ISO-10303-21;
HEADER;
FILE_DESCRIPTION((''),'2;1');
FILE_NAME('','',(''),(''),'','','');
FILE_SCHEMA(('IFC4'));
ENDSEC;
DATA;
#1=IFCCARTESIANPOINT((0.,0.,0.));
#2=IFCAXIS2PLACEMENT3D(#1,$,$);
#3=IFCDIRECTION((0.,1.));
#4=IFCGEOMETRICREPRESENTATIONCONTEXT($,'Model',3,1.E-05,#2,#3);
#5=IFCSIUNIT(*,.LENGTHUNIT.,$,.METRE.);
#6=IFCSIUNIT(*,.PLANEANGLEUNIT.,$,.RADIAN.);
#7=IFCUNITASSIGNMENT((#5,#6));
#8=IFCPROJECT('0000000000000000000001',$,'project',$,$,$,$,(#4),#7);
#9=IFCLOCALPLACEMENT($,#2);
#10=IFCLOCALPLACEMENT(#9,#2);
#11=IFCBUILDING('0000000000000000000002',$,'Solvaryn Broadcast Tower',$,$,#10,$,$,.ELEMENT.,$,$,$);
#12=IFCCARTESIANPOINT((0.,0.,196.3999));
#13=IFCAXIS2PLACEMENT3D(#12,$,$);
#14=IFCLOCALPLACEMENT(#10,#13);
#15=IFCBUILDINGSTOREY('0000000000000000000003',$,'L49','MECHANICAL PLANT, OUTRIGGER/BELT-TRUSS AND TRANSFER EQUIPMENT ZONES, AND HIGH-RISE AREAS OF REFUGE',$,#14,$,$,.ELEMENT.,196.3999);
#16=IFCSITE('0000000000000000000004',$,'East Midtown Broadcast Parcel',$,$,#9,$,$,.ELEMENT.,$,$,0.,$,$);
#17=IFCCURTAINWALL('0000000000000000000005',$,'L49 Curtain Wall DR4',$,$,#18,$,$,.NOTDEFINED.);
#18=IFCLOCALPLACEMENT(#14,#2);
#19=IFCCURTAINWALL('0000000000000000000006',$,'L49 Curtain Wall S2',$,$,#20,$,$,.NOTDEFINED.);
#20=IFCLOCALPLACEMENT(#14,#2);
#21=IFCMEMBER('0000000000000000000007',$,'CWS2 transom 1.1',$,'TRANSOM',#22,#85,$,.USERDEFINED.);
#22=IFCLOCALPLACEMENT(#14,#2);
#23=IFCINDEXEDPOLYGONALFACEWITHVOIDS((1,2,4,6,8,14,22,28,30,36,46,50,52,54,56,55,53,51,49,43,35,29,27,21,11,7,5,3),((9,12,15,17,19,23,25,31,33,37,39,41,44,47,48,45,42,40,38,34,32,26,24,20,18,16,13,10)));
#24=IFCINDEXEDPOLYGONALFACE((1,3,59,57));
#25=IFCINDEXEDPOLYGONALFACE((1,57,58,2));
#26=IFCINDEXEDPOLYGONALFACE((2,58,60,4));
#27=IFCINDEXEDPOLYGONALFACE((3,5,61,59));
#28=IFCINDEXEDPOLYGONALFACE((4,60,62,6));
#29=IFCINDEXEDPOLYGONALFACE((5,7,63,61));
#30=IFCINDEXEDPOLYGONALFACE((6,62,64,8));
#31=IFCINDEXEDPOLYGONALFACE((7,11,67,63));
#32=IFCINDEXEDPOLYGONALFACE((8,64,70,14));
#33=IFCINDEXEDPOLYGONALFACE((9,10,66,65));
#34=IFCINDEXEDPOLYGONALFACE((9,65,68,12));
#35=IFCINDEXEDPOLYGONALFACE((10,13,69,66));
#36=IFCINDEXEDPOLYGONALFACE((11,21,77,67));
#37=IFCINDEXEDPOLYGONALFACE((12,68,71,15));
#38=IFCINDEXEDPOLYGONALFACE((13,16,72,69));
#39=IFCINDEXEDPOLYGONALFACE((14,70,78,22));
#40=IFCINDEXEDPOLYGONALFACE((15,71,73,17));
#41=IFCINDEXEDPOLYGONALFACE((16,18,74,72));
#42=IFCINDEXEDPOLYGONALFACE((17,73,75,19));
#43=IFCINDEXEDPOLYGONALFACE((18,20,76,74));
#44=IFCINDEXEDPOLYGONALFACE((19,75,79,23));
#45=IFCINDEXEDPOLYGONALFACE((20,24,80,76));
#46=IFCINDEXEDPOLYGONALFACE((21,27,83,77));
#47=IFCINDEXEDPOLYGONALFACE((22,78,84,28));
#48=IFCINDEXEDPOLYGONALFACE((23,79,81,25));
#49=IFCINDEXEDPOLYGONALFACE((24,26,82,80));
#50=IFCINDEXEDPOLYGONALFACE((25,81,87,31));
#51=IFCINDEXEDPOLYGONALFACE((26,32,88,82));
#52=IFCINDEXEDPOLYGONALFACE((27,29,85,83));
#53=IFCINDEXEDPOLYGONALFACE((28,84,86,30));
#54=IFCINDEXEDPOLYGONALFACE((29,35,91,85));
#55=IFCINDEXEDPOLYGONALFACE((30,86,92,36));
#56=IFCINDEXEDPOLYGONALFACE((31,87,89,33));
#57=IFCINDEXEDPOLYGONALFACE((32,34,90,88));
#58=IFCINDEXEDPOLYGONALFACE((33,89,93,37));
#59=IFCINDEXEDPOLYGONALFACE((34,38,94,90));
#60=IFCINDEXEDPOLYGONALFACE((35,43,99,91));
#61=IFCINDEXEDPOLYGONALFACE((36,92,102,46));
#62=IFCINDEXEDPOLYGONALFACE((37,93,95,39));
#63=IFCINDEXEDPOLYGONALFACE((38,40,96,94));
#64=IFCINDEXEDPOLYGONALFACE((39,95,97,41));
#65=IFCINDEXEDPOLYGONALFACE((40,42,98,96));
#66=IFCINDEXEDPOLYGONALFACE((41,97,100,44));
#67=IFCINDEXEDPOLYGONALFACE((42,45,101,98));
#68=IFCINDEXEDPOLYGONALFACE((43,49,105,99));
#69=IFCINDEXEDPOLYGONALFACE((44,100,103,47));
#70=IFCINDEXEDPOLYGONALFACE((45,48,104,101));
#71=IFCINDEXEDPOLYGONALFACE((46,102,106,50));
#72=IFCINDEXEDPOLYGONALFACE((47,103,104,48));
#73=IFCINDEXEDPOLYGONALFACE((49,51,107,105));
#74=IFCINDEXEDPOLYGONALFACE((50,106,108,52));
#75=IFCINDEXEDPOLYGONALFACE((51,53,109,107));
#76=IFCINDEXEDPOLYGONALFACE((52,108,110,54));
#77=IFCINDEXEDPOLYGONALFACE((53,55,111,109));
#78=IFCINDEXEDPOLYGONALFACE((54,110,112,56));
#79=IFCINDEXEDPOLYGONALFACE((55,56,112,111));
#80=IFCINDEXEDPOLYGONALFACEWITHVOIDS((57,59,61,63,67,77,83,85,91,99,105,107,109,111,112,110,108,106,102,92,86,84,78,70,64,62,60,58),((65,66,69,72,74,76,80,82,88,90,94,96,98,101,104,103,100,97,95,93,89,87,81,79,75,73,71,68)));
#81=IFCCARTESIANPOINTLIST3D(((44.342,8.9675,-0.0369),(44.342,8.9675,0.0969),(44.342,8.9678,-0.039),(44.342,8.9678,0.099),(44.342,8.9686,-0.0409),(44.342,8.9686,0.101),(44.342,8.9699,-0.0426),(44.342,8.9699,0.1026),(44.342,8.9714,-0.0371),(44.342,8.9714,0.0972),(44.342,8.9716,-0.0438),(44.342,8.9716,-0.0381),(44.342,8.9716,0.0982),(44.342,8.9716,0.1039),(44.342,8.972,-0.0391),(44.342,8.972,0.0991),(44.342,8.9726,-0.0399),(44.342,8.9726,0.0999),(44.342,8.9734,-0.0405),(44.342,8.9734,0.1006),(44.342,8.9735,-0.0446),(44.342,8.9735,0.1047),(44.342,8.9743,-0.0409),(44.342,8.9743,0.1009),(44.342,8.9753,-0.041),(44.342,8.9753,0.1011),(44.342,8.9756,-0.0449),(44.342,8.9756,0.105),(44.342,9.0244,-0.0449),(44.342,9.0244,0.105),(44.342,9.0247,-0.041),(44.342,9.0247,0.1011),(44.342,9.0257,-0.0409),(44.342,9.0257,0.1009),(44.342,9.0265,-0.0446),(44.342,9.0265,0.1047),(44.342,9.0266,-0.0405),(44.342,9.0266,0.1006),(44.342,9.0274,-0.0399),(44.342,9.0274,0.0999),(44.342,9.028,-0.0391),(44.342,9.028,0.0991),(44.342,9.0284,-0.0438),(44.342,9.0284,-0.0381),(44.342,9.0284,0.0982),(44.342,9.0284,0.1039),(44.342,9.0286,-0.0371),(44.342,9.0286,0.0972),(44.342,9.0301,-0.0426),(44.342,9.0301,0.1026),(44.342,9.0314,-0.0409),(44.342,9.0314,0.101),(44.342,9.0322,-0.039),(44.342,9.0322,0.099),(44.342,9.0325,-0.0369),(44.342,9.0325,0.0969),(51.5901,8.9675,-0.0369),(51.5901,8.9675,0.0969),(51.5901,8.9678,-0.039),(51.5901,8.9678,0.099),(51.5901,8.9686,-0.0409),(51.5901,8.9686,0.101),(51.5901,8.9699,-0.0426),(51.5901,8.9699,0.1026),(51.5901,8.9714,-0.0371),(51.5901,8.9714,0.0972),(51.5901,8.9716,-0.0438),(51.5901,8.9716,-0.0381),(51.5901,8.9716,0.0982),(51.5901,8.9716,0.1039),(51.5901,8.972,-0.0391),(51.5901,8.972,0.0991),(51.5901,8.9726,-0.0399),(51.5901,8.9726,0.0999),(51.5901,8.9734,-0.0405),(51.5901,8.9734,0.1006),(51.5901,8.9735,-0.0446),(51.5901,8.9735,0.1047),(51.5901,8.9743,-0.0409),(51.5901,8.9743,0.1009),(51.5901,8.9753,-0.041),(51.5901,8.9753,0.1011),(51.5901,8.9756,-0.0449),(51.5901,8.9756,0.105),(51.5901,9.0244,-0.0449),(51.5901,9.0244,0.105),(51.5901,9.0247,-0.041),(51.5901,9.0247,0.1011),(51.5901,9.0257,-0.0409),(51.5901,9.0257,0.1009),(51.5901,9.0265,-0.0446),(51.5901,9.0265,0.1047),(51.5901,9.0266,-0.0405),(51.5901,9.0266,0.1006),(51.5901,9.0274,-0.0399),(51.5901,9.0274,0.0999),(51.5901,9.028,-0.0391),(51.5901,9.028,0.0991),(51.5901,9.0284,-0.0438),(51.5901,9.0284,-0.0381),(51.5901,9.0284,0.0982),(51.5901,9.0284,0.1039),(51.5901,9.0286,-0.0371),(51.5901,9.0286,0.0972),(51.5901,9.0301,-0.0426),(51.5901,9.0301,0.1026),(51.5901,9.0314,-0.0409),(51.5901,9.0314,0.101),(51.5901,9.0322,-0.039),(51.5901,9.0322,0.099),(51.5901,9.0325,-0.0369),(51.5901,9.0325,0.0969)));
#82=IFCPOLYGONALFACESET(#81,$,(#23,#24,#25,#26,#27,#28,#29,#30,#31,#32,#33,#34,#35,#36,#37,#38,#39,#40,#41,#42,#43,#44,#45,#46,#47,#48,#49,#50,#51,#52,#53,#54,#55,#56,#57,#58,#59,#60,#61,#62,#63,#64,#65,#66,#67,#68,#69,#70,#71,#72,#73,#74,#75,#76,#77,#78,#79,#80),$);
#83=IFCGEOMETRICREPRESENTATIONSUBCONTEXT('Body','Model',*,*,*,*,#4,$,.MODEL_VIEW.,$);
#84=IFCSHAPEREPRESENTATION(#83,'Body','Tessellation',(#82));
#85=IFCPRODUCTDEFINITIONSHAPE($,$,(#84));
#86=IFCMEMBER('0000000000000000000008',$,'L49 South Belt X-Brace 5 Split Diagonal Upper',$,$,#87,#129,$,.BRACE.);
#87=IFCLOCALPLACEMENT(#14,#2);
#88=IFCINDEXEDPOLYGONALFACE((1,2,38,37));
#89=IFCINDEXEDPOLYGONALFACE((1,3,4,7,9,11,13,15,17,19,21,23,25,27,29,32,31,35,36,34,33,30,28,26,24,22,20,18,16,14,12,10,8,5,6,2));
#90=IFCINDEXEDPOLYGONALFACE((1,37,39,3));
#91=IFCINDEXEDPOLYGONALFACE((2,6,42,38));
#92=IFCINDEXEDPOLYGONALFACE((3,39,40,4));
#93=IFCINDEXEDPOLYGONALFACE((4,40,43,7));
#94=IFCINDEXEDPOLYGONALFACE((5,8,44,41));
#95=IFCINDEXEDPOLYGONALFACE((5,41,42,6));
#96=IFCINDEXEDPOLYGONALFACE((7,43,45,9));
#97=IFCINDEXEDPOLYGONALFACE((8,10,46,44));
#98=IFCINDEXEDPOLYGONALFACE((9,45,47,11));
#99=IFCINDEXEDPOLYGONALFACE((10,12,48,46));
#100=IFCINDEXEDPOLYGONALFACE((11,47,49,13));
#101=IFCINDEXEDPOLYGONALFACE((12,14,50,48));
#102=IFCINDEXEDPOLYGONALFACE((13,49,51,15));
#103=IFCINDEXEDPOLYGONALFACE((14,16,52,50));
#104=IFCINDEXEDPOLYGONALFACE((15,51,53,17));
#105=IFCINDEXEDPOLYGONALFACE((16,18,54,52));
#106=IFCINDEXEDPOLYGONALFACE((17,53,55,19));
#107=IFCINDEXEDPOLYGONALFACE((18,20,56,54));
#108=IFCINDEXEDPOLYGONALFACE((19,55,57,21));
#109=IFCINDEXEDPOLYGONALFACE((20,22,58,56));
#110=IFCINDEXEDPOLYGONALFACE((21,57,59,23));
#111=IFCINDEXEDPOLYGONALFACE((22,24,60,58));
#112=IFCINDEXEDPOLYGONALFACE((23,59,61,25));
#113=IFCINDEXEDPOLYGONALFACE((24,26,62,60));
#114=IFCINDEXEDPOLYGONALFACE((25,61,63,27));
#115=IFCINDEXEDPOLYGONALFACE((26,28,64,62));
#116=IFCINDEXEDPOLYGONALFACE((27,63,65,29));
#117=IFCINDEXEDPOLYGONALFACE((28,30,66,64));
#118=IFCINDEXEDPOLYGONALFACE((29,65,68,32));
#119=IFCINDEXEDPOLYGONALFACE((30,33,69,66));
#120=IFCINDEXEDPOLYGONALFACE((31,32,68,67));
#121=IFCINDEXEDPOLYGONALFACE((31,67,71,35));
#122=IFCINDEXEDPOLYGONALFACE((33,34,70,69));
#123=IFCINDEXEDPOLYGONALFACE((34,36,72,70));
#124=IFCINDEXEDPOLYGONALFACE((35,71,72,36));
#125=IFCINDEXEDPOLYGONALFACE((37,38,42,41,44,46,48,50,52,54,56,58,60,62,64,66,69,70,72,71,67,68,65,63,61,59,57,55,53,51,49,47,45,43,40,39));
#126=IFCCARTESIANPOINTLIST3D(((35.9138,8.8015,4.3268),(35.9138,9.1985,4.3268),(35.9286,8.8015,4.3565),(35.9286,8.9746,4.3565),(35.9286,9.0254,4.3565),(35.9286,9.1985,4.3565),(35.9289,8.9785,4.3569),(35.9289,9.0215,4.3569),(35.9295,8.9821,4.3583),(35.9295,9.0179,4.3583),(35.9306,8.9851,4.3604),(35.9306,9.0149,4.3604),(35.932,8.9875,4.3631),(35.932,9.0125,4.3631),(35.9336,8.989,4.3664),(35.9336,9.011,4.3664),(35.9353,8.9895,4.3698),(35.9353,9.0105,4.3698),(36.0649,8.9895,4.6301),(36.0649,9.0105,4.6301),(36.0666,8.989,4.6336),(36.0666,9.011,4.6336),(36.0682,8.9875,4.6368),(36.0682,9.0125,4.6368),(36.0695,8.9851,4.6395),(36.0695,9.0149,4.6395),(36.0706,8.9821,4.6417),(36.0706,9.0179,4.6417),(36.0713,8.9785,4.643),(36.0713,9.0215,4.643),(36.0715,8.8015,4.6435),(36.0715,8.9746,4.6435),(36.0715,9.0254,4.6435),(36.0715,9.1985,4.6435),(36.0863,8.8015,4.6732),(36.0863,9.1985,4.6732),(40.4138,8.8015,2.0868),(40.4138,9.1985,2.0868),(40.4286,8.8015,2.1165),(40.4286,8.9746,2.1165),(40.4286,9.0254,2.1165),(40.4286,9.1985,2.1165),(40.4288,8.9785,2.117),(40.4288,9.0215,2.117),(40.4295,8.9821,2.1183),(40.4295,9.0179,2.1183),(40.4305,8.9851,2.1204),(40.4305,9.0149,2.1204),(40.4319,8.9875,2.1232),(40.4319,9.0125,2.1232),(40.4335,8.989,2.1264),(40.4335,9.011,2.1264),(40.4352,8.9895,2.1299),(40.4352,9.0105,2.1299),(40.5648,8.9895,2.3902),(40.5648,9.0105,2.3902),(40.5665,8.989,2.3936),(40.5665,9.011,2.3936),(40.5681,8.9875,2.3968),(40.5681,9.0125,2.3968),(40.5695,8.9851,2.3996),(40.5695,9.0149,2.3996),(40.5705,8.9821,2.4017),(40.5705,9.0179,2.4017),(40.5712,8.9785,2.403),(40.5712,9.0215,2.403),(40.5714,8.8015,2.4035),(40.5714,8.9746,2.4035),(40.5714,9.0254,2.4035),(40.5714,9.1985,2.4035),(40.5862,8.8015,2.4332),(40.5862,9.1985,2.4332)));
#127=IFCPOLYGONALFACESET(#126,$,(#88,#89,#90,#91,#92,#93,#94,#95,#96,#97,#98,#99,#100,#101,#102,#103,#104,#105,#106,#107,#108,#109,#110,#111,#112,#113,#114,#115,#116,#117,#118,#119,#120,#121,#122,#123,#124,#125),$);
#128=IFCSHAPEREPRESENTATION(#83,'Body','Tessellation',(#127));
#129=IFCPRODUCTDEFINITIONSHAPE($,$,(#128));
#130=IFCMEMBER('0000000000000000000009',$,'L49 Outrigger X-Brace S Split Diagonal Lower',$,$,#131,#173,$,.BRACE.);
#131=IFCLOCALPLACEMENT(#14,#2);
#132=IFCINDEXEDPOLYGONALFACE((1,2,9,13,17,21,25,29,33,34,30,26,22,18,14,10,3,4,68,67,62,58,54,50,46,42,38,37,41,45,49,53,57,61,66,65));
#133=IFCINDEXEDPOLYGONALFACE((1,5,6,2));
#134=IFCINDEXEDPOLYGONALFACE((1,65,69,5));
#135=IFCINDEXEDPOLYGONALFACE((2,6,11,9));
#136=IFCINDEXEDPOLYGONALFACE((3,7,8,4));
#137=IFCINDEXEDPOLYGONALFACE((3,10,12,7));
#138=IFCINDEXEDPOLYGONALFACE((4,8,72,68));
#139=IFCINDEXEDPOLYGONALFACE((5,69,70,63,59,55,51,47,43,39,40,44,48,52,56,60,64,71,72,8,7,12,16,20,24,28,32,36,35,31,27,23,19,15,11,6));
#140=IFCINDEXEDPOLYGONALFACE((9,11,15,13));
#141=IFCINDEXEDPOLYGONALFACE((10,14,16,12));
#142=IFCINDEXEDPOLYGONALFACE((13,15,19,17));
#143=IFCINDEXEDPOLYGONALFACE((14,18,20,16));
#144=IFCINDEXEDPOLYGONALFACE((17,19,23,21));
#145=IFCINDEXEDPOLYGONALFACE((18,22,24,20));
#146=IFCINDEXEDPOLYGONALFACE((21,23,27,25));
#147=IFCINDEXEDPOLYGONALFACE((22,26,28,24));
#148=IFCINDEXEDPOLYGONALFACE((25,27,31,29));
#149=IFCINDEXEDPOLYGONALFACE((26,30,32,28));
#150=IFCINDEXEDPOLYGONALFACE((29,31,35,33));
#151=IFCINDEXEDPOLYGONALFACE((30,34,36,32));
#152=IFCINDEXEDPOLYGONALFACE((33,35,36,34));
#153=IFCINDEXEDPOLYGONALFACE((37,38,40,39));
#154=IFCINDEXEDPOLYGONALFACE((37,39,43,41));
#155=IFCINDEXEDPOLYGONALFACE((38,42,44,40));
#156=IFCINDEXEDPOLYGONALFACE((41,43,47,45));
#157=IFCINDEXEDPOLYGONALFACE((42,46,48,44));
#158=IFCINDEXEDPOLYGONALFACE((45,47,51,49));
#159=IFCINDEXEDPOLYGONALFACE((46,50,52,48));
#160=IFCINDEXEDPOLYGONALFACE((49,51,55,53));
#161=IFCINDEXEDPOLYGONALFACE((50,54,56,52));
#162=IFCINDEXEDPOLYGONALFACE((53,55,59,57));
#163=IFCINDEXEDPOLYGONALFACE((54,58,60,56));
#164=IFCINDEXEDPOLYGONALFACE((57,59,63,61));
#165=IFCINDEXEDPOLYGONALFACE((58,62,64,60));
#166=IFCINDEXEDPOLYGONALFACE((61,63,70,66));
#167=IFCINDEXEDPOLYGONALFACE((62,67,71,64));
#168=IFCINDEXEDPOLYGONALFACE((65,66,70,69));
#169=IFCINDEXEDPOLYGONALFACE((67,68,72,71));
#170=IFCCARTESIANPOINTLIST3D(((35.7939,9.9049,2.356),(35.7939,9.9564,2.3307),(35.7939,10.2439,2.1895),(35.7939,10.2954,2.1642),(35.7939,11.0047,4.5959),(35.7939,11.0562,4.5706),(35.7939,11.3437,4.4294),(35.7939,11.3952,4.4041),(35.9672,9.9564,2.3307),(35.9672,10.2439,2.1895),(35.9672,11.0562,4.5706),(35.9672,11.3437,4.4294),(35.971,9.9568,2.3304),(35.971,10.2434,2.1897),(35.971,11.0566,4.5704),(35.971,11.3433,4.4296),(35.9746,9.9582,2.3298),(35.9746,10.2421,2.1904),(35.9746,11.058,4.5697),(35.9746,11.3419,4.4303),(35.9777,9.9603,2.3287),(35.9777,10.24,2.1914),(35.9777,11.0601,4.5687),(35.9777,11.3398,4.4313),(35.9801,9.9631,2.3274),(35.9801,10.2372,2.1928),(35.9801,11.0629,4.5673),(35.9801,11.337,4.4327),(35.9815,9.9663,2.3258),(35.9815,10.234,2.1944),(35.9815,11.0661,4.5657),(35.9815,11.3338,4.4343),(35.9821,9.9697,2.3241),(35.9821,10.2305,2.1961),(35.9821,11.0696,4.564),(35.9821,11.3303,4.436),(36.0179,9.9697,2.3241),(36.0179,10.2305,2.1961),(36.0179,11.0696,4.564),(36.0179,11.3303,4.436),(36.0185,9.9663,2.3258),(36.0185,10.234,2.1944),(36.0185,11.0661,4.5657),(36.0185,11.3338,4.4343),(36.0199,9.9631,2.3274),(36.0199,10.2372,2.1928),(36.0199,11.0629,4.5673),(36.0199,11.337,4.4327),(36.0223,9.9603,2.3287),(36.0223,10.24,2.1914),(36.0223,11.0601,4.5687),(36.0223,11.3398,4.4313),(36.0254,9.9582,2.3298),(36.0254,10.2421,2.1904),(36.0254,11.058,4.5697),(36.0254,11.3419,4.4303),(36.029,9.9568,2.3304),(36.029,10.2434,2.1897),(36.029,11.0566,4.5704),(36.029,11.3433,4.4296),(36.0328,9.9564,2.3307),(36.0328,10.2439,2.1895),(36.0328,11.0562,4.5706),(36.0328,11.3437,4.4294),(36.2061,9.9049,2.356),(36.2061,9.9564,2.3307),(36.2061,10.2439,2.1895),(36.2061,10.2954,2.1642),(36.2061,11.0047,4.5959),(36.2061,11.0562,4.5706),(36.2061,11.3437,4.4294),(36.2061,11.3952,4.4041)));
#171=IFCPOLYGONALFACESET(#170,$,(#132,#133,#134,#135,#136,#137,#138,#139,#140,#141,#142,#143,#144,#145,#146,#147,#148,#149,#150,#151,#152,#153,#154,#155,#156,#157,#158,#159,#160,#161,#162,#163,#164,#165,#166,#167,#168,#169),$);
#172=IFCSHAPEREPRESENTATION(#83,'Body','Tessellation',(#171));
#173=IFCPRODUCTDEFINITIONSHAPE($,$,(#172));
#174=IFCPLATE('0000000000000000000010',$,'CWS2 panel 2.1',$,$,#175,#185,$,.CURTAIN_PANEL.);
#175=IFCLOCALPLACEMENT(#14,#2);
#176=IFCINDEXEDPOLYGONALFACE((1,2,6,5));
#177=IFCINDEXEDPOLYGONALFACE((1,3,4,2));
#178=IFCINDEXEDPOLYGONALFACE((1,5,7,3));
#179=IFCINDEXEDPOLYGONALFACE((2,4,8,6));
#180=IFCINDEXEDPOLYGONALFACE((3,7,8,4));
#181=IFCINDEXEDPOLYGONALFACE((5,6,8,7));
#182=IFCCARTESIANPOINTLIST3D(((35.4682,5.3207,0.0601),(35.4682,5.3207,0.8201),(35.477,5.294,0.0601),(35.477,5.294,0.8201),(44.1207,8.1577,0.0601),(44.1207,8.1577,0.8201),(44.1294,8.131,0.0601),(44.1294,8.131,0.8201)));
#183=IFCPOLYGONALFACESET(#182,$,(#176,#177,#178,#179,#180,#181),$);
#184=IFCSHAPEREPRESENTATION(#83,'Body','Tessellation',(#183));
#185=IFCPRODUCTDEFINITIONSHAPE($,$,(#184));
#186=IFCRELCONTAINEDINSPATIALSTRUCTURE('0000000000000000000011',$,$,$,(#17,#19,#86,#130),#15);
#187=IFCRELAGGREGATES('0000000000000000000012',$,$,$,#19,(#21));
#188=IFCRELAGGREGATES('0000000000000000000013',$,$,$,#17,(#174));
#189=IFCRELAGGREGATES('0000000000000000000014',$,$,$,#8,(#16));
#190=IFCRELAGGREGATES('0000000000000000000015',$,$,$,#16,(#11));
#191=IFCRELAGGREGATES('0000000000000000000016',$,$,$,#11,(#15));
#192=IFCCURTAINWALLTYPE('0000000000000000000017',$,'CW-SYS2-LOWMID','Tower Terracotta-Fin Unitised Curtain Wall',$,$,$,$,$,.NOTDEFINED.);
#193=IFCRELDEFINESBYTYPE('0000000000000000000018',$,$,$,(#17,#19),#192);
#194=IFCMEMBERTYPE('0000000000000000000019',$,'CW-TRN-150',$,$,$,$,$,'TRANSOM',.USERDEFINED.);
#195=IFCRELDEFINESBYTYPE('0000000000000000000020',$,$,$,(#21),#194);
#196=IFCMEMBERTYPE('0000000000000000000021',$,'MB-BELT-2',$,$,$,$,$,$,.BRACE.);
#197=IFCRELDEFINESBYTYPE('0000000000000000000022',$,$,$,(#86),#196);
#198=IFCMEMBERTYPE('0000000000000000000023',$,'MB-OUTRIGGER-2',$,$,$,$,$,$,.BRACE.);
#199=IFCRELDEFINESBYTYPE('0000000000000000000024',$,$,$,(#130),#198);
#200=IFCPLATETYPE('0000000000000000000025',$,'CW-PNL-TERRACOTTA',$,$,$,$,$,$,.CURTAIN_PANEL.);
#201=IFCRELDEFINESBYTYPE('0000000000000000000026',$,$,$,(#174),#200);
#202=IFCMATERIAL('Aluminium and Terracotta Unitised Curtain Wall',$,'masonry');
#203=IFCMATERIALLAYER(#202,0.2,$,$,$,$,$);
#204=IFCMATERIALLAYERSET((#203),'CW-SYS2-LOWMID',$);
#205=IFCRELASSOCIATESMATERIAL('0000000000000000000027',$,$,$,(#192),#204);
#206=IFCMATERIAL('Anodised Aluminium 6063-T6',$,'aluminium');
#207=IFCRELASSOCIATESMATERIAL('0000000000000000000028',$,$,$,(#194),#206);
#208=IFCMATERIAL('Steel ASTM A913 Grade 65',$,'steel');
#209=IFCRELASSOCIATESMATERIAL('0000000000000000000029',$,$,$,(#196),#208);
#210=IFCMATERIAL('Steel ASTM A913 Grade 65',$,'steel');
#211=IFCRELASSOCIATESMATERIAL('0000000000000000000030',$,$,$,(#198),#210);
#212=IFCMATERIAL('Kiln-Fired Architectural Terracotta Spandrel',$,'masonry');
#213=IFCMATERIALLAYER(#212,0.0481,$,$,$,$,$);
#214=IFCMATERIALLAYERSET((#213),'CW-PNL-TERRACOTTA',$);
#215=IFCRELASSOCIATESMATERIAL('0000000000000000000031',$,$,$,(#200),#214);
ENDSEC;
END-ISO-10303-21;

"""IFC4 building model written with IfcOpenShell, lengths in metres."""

from ifc_helpers import new_model, si_unit, direction, frame, origin, origin_2d, place, context, subcontext, project, spatial, rectangle, hollow_rectangle, i_section, extrude, material, layer, layer_set, material_profile, profile_set, type_object, element, aggregate, save


model = new_model("IFC4")

# Units and contexts
model_context = context("Model", 3, precision=1e-05, world=origin(), true_north=direction((0.0, 1.0)))
body_context = subcontext(model_context, "Body", "Model", "MODEL_VIEW")
ifc_project = project(units=[si_unit("LENGTHUNIT", "METRE"), si_unit("PLANEANGLEUNIT", "RADIAN")], contexts=[model_context])

# Site, building, storey
site_placement = place(None, origin())
site = spatial("IfcSite", under=ifc_project, at=site_placement, Name="East Midtown Broadcast Parcel", CompositionType="ELEMENT", RefElevation=0.0)
building_placement = place(site_placement, origin())
building = spatial("IfcBuilding", under=site, at=building_placement, Name="Solvaryn Broadcast Tower", CompositionType="ELEMENT")
storey_placement = place(building_placement, frame((0.0, 0.0, 196.3999)))
storey = spatial("IfcBuildingStorey", under=building, at=storey_placement, Name="L49", Description="MECHANICAL PLANT, OUTRIGGER/BELT-TRUSS AND TRANSFER EQUIPMENT ZONES, AND HIGH-RISE AREAS OF REFUGE", CompositionType="ELEMENT", Elevation=196.3999)

# Curtain wall
ifc_material_1 = material(Name="Aluminium and Terracotta Unitised Curtain Wall", Category="masonry")
ifc_layer_1 = layer(ifc_material_1, 0.2)
ifc_layer_set_1 = layer_set([ifc_layer_1], Name="CW-SYS2-LOWMID")
curtain_wall_type = type_object("IfcCurtainWallType", Name="CW-SYS2-LOWMID", Description="Tower Terracotta-Fin Unitised Curtain Wall", PredefinedType="NOTDEFINED", material=ifc_layer_set_1)
curtain_wall_1_placement = place(storey_placement, origin())
curtain_wall_1 = element("IfcCurtainWall", 1, at=curtain_wall_1_placement, inside=storey, type_object=curtain_wall_type, Name="L49 Curtain Wall DR4", PredefinedType="NOTDEFINED")

# Curtain wall, member
curtain_wall_2_placement = place(storey_placement, origin())
curtain_wall_2 = element("IfcCurtainWall", 2, at=curtain_wall_2_placement, inside=storey, type_object=curtain_wall_type, Name="L49 Curtain Wall S2", PredefinedType="NOTDEFINED")
ifc_material_2 = material(Name="Anodised Aluminium 6063-T6", Category="aluminium")
ifc_material_profile_1 = material_profile(ifc_material_2, hollow_rectangle(XDim=0.0649, YDim=0.1499, WallThickness=0.0039, InnerFilletRadius=0.0039, OuterFilletRadius=0.0081, at=origin_2d()))
ifc_profile_set_1 = profile_set([ifc_material_profile_1], Name="Anodised Aluminium 6063-T6")
member_type_1 = type_object("IfcMemberType", Name="CW-TRN-150", ElementType="TRANSOM", PredefinedType="USERDEFINED", material=ifc_profile_set_1)
member_1_placement = place(storey_placement, frame((44.342, 9.0, 0.03), z_axis=(1.0, 0.0, 0.0), x_axis=(0.0, 1.0, 0.0)))
member_1 = element("IfcMember", 3, at=member_1_placement, type_object=member_type_1, Name="CWS2 transom 1.1", ObjectType="TRANSOM", PredefinedType="USERDEFINED", context=body_context, shape_type="SweptSolid", body=[
    extrude(hollow_rectangle(XDim=0.0649, YDim=0.1499, WallThickness=0.0039, InnerFilletRadius=0.0039, OuterFilletRadius=0.0081, at=origin_2d()), origin(), (0.0, 0.0, 1.0), 7.248),
])
aggregate(curtain_wall_2, [member_1])

# Members
ifc_material_3 = material(Name="Steel ASTM A913 Grade 65", Category="steel")
ifc_material_profile_2 = material_profile(ifc_material_3, i_section(OverallWidth=0.397, OverallDepth=0.387, WebThickness=0.021, FlangeThickness=0.0332, FilletRadius=0.0149, at=origin_2d()))
ifc_profile_set_2 = profile_set([ifc_material_profile_2], Name="Steel ASTM A913 Grade 65")
member_type_2 = type_object("IfcMemberType", Name="MB-BELT-2", PredefinedType="BRACE", material=ifc_profile_set_2)
member_2_placement = place(storey_placement, frame((40.5, 9.0, 2.26), z_axis=(-0.895222, 0.0, 0.44562), x_axis=(0.0, -1.0, 0.0)))
element("IfcMember", 4, at=member_2_placement, inside=storey, type_object=member_type_2, Name="L49 South Belt X-Brace 5 Split Diagonal Upper", PredefinedType="BRACE", context=body_context, shape_type="SweptSolid", body=[
    extrude(i_section(OverallWidth=0.397, OverallDepth=0.387, WebThickness=0.021, FlangeThickness=0.0332, FilletRadius=0.0149, at=origin_2d()), origin(), (0.0, 0.0, 1.0), 5.0266),
])
ifc_material_4 = material(Name="Steel ASTM A913 Grade 65", Category="steel")
ifc_material_profile_3 = material_profile(ifc_material_4, i_section(OverallWidth=0.4121, OverallDepth=0.4351, WebThickness=0.0359, FlangeThickness=0.0574, FilletRadius=0.0149, at=origin_2d()))
ifc_profile_set_3 = profile_set([ifc_material_profile_3], Name="Steel ASTM A913 Grade 65")
member_type_3 = type_object("IfcMemberType", Name="MB-OUTRIGGER-2", PredefinedType="BRACE", material=ifc_profile_set_3)
member_3_placement = place(storey_placement, frame((36.0, 11.2, 4.5), z_axis=(0.0, -0.440745, -0.897632), x_axis=(1.0, 0.0, 0.0)))
element("IfcMember", 5, at=member_3_placement, inside=storey, type_object=member_type_3, Name="L49 Outrigger X-Brace S Split Diagonal Lower", PredefinedType="BRACE", context=body_context, shape_type="SweptSolid", body=[
    extrude(i_section(OverallWidth=0.4121, OverallDepth=0.4351, WebThickness=0.0359, FlangeThickness=0.0574, FilletRadius=0.0149, at=origin_2d()), origin(), (0.0, 0.0, 1.0), 2.4954),
])

# Plate
ifc_material_5 = material(Name="Kiln-Fired Architectural Terracotta Spandrel", Category="masonry")
ifc_layer_2 = layer(ifc_material_5, 0.0481)
ifc_layer_set_2 = layer_set([ifc_layer_2], Name="CW-PNL-TERRACOTTA")
plate_type_1 = type_object("IfcPlateType", Name="CW-PNL-TERRACOTTA", PredefinedType="CURTAIN_PANEL", material=ifc_layer_set_2)
plate_1_placement = place(storey_placement, frame((39.7988, 6.7258, 0.0601), z_axis=(0.0, 0.0, 1.0), x_axis=(0.950227, 0.311559, 0.0)))
plate_1 = element("IfcPlate", 6, at=plate_1_placement, type_object=plate_type_1, Name="CWS2 panel 2.1", PredefinedType="CURTAIN_PANEL", context=body_context, shape_type="SweptSolid", body=[
    extrude(rectangle(XDim=9.1057, YDim=0.0281, at=origin_2d()), origin(), (0.0, 0.0, 1.0), 0.76),
])
aggregate(curtain_wall_1, [plate_1])

save(model, "model.ifc")
